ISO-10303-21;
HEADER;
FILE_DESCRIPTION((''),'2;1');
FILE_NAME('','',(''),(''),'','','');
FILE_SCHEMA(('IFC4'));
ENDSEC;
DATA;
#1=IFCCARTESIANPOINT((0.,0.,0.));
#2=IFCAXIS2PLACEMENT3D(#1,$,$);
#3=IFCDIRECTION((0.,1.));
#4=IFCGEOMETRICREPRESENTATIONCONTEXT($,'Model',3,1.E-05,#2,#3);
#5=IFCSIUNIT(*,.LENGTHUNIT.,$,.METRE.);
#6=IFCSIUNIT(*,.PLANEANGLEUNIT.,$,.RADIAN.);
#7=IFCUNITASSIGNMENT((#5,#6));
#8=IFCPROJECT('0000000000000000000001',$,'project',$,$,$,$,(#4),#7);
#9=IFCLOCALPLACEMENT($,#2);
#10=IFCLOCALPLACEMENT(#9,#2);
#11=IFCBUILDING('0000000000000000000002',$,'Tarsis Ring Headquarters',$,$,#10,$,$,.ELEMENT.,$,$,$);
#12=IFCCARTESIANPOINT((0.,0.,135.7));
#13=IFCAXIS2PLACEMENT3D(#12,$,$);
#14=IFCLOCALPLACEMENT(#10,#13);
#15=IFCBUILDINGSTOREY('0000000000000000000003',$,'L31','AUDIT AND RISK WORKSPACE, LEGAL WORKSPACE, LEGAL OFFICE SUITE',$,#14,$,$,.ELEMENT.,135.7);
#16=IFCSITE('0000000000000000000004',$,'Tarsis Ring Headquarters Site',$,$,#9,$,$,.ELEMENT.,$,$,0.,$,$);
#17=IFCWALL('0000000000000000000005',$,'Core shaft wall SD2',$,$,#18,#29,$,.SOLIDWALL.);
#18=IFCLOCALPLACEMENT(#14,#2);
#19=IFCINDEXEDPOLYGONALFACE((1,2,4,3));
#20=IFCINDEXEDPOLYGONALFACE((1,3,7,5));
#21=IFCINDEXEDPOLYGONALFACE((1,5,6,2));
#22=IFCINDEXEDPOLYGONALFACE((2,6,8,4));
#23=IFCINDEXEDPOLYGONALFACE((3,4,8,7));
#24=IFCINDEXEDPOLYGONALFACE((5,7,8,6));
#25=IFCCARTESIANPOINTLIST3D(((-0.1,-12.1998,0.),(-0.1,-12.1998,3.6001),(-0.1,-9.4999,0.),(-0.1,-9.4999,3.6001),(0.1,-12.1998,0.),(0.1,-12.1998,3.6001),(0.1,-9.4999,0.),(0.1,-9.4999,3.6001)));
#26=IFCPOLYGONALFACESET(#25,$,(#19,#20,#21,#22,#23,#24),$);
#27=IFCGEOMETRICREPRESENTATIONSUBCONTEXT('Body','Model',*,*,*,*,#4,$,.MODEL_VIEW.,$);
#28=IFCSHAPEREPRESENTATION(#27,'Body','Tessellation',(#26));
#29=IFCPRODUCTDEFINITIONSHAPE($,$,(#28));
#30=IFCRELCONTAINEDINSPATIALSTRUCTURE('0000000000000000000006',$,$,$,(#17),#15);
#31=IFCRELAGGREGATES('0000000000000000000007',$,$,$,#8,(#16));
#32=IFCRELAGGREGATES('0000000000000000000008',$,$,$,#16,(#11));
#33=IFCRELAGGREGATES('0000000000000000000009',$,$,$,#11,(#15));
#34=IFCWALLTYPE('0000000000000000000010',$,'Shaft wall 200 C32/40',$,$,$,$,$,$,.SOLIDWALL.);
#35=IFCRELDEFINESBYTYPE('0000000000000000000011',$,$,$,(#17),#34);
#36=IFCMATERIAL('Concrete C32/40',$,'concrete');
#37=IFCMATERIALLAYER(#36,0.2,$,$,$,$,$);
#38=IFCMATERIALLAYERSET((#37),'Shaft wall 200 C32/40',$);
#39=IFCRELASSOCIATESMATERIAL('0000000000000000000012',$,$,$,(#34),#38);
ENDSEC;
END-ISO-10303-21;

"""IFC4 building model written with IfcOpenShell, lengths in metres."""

from ifc_helpers import new_model, si_unit, direction, frame, frame_2d, origin, place, context, subcontext, project, spatial, rectangle, extrude, material, layer, layer_set, type_object, element, save


model = new_model("IFC4")

# Units and contexts
model_context = context("Model", 3, precision=1e-05, world=origin(), true_north=direction((0.0, 1.0)))
body_context = subcontext(model_context, "Body", "Model", "MODEL_VIEW")
ifc_project = project(units=[si_unit("LENGTHUNIT", "METRE"), si_unit("PLANEANGLEUNIT", "RADIAN")], contexts=[model_context])

# Site, building, storey
site_placement = place(None, origin())
site = spatial("IfcSite", under=ifc_project, at=site_placement, Name="Tarsis Ring Headquarters Site", CompositionType="ELEMENT", RefElevation=0.0)
building_placement = place(site_placement, origin())
building = spatial("IfcBuilding", under=site, at=building_placement, Name="Tarsis Ring Headquarters", CompositionType="ELEMENT")
storey_placement = place(building_placement, frame((0.0, 0.0, 135.7)))
storey = spatial("IfcBuildingStorey", under=building, at=storey_placement, Name="L31", Description="AUDIT AND RISK WORKSPACE, LEGAL WORKSPACE, LEGAL OFFICE SUITE", CompositionType="ELEMENT", Elevation=135.7)

# Wall
ifc_material_1 = material(Name="Concrete C32/40", Category="concrete")
ifc_layer_1 = layer(ifc_material_1, 0.2)
ifc_layer_set_1 = layer_set([ifc_layer_1], Name="Shaft wall 200 C32/40")
wall_type_1 = type_object("IfcWallType", Name="Shaft wall 200 C32/40", PredefinedType="SOLIDWALL", material=ifc_layer_set_1)
wall_1_placement = place(storey_placement, frame((0.0, -12.2, 0.0), z_axis=(0.0, 0.0, 1.0), x_axis=(0.0, 1.0, 0.0)))
element("IfcWall", 1, at=wall_1_placement, inside=storey, type_object=wall_type_1, Name="Core shaft wall SD2", PredefinedType="SOLIDWALL", context=body_context, shape_type="SweptSolid", body=[
    extrude(rectangle(XDim=2.7, YDim=0.2, at=frame_2d((1.3501, 0.0))), origin(), (0.0, 0.0, 1.0), 3.6001),
])

save(model, "model.ifc")
